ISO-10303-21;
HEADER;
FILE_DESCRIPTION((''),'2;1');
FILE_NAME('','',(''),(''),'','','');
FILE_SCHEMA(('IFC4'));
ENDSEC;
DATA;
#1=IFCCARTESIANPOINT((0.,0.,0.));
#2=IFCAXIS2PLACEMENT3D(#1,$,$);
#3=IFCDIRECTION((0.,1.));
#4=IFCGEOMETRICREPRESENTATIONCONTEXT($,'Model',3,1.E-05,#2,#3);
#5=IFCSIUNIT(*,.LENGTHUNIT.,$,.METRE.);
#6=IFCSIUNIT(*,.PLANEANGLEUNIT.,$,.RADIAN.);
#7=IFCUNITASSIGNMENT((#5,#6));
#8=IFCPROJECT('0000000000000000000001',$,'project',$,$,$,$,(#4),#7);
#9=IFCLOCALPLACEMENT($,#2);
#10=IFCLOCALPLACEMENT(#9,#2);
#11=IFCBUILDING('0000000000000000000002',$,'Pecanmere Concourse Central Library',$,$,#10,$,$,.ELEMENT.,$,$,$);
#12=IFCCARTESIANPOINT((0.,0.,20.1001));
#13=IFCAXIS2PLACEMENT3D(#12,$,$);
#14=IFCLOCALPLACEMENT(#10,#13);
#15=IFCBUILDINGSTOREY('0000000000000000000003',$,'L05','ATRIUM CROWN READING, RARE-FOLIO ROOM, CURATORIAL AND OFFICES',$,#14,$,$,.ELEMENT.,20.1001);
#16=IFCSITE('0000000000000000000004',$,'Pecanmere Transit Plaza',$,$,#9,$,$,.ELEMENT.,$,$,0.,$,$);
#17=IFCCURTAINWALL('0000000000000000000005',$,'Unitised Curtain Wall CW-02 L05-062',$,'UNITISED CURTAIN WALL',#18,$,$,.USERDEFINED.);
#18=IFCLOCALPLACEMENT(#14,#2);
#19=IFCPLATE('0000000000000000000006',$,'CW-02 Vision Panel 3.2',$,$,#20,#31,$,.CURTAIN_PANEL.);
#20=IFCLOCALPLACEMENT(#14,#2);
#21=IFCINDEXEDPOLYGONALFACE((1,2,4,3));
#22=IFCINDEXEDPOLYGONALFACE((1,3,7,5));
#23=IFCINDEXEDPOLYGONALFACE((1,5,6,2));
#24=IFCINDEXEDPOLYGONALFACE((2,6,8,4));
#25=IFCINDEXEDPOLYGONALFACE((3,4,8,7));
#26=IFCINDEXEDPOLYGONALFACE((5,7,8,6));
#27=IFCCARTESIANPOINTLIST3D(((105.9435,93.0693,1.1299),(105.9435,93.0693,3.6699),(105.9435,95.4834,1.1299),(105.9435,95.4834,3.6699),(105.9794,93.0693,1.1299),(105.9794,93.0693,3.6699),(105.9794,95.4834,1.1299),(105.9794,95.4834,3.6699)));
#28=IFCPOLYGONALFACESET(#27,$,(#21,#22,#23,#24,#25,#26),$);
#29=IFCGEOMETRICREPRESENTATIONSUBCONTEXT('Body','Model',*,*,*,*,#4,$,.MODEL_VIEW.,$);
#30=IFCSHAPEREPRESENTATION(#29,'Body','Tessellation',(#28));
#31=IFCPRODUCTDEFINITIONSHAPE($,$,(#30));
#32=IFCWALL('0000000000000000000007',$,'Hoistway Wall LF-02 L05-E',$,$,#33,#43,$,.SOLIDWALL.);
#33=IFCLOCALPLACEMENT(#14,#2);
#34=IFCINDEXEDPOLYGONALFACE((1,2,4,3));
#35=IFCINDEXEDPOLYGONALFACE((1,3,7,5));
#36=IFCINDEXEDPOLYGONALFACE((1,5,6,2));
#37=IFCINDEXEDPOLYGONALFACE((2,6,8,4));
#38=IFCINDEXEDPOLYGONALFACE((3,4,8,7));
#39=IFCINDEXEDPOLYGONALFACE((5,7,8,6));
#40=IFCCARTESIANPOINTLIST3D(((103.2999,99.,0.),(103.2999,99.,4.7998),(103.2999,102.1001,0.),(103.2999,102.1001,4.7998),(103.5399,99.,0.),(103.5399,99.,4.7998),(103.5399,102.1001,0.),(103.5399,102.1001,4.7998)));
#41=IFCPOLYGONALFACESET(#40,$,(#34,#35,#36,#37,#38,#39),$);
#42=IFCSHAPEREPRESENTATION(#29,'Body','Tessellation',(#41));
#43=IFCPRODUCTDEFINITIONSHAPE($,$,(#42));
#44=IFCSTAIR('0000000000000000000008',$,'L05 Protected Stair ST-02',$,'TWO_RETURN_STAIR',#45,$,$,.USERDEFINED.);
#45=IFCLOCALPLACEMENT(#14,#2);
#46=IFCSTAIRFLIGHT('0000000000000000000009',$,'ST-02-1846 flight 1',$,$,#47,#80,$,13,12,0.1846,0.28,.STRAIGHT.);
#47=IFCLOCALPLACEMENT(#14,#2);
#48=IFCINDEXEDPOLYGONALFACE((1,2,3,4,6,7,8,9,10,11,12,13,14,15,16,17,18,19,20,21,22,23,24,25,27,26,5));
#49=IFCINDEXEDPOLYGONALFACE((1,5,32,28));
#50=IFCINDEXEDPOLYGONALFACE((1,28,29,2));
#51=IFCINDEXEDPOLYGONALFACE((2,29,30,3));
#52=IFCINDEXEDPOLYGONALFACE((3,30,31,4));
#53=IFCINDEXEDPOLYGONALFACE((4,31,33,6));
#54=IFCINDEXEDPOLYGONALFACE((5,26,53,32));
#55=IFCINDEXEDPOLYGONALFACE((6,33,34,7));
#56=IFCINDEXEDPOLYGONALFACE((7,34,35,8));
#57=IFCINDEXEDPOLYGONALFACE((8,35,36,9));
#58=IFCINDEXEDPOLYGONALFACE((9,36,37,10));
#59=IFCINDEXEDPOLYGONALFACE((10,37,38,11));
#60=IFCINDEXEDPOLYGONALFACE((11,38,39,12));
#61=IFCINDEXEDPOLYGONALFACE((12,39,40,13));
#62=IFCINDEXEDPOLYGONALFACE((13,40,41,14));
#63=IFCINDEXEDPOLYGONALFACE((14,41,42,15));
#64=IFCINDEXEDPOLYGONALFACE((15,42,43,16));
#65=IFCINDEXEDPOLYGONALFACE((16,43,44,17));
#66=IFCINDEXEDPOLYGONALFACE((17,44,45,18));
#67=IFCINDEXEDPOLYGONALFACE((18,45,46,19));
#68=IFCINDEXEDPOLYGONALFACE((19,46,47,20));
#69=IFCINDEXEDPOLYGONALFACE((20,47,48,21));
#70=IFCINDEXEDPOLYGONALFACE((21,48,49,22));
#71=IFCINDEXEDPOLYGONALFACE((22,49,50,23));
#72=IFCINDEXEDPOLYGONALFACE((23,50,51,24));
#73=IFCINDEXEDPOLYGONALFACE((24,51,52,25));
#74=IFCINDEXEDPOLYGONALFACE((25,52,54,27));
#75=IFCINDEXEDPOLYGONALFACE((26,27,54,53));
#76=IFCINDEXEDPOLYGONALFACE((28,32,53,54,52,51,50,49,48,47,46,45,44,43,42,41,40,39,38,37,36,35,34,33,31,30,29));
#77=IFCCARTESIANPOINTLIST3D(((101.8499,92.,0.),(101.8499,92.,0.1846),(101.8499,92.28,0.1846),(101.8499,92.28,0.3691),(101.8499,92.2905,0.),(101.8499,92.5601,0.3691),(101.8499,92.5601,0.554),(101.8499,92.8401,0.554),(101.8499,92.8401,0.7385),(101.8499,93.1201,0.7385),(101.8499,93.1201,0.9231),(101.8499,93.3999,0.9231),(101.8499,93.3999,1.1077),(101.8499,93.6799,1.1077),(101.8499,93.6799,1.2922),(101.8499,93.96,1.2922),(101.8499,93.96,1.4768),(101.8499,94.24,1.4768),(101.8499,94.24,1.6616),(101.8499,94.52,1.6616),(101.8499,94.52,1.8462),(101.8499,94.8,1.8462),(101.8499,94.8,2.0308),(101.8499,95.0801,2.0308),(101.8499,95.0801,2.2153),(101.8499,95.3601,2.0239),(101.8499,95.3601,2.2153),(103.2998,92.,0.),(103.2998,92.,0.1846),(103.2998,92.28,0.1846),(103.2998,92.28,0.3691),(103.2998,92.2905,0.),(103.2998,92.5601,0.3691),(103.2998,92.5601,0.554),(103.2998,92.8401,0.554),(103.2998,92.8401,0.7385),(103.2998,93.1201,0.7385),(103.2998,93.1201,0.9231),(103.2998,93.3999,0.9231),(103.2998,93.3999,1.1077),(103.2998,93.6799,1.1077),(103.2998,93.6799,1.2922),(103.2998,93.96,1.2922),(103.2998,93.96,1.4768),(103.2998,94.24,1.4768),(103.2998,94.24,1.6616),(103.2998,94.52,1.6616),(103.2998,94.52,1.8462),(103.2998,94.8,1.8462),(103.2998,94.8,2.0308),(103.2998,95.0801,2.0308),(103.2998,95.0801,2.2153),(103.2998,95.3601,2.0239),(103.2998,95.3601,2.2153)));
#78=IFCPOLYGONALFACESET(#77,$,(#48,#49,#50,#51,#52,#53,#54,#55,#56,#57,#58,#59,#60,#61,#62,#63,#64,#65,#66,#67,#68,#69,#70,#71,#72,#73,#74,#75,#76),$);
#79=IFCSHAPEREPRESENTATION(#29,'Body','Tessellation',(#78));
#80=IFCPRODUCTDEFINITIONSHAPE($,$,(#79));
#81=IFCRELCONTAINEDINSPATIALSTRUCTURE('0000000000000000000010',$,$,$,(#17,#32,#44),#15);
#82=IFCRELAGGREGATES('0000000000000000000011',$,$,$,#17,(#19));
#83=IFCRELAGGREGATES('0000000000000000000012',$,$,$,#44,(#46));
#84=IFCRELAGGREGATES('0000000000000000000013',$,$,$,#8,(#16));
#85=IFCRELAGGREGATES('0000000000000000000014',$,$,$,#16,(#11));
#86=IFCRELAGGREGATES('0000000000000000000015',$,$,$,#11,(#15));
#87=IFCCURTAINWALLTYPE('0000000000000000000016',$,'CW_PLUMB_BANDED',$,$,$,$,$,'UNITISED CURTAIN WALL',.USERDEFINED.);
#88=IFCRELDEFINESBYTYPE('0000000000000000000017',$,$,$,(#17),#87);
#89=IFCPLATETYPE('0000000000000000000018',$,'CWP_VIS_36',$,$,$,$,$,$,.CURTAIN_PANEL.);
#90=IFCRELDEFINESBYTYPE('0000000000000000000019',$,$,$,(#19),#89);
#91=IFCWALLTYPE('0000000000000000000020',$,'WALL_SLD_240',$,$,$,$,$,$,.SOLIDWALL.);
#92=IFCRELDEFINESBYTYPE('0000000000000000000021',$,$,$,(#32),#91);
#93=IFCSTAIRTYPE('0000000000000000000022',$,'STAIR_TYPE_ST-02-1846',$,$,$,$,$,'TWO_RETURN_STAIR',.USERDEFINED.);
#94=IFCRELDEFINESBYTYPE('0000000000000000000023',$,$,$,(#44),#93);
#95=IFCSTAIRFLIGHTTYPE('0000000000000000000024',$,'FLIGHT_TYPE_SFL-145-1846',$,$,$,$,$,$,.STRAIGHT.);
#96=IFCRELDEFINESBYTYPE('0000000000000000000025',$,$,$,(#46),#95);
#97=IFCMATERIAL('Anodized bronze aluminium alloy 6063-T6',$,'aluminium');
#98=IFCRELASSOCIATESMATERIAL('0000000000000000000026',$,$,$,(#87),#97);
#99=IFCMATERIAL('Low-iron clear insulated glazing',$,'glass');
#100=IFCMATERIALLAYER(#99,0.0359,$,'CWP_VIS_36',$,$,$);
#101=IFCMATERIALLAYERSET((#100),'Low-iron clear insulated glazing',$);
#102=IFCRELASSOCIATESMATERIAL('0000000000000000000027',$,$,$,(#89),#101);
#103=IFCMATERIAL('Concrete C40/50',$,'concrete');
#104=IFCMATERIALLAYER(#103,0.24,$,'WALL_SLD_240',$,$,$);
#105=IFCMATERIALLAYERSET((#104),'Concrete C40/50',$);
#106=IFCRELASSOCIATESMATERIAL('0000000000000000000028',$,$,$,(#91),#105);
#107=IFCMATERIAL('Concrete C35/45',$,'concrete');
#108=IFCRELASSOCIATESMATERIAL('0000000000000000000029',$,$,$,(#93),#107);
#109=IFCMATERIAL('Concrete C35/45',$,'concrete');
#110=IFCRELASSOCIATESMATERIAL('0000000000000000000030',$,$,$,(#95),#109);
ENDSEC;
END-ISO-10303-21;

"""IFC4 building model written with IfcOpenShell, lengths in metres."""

from ifc_helpers import new_model, si_unit, direction, frame, frame_2d, origin, origin_2d, place, context, subcontext, project, spatial, polyline, rectangle, outline, extrude, material, layer, layer_set, type_object, element, aggregate, save


model = new_model("IFC4")

# Units and contexts
model_context = context("Model", 3, precision=1e-05, world=origin(), true_north=direction((0.0, 1.0)))
body_context = subcontext(model_context, "Body", "Model", "MODEL_VIEW")
ifc_project = project(units=[si_unit("LENGTHUNIT", "METRE"), si_unit("PLANEANGLEUNIT", "RADIAN")], contexts=[model_context])

# Site, building, storey
site_placement = place(None, origin())
site = spatial("IfcSite", under=ifc_project, at=site_placement, Name="Pecanmere Transit Plaza", CompositionType="ELEMENT", RefElevation=0.0)
building_placement = place(site_placement, origin())
building = spatial("IfcBuilding", under=site, at=building_placement, Name="Pecanmere Concourse Central Library", CompositionType="ELEMENT")
storey_placement = place(building_placement, frame((0.0, 0.0, 20.1001)))
storey = spatial("IfcBuildingStorey", under=building, at=storey_placement, Name="L05", Description="ATRIUM CROWN READING, RARE-FOLIO ROOM, CURATORIAL AND OFFICES", CompositionType="ELEMENT", Elevation=20.1001)

# Curtain wall
ifc_material_1 = material(Name="Anodized bronze aluminium alloy 6063-T6", Category="aluminium")
curtain_wall_type = type_object("IfcCurtainWallType", Name="CW_PLUMB_BANDED", ElementType="UNITISED CURTAIN WALL", PredefinedType="USERDEFINED", material=ifc_material_1)
curtain_wall_placement = place(storey_placement, origin())
curtain_wall = element("IfcCurtainWall", 1, at=curtain_wall_placement, inside=storey, type_object=curtain_wall_type, Name="Unitised Curtain Wall CW-02 L05-062", ObjectType="UNITISED CURTAIN WALL", PredefinedType="USERDEFINED")

# Plate
ifc_material_2 = material(Name="Low-iron clear insulated glazing", Category="glass")
ifc_layer_1 = layer(ifc_material_2, 0.0359, Name="CWP_VIS_36")
ifc_layer_set_1 = layer_set([ifc_layer_1], Name="Low-iron clear insulated glazing")
plate_type_1 = type_object("IfcPlateType", Name="CWP_VIS_36", PredefinedType="CURTAIN_PANEL", material=ifc_layer_set_1)
plate_1_placement = place(storey_placement, frame((105.9614, 94.2764, 1.1299), z_axis=(0.0, 0.0, 1.0), x_axis=(0.0, 1.0, 0.0)))
plate_1 = element("IfcPlate", 2, at=plate_1_placement, type_object=plate_type_1, Name="CW-02 Vision Panel 3.2", PredefinedType="CURTAIN_PANEL", context=body_context, shape_type="SweptSolid", body=[
    extrude(rectangle(XDim=2.4141, YDim=0.0359, at=origin_2d()), origin(), (0.0, 0.0, 1.0), 2.54),
])
aggregate(curtain_wall, [plate_1])

# Wall
ifc_material_3 = material(Name="Concrete C40/50", Category="concrete")
ifc_layer_2 = layer(ifc_material_3, 0.24, Name="WALL_SLD_240")
ifc_layer_set_2 = layer_set([ifc_layer_2], Name="Concrete C40/50")
wall_type = type_object("IfcWallType", Name="WALL_SLD_240", PredefinedType="SOLIDWALL", material=ifc_layer_set_2)
wall_placement = place(storey_placement, frame((103.4199, 99.0, 0.0), z_axis=(0.0, 0.0, 1.0), x_axis=(0.0, 1.0, 0.0)))
element("IfcWall", 3, at=wall_placement, inside=storey, type_object=wall_type, Name="Hoistway Wall LF-02 L05-E", PredefinedType="SOLIDWALL", context=body_context, shape_type="SweptSolid", body=[
    extrude(rectangle(XDim=3.1001, YDim=0.24, at=frame_2d((1.55, 0.0))), origin(), (0.0, 0.0, 1.0), 4.7998),
])

# Stair, stair flight
ifc_material_4 = material(Name="Concrete C35/45", Category="concrete")
stair_type = type_object("IfcStairType", Name="STAIR_TYPE_ST-02-1846", ElementType="TWO_RETURN_STAIR", PredefinedType="USERDEFINED", material=ifc_material_4)
stair_placement = place(storey_placement, origin())
stair = element("IfcStair", 4, at=stair_placement, inside=storey, type_object=stair_type, Name="L05 Protected Stair ST-02", ObjectType="TWO_RETURN_STAIR", PredefinedType="USERDEFINED")
ifc_material_5 = material(Name="Concrete C35/45", Category="concrete")
stair_flight_type = type_object("IfcStairFlightType", Name="FLIGHT_TYPE_SFL-145-1846", PredefinedType="STRAIGHT", material=ifc_material_5)
stair_flight_placement = place(storey_placement, frame((102.575, 92.0, 0.0), z_axis=(0.0, 0.0, 1.0), x_axis=(0.0, 1.0, 0.0)))
stair_flight = element("IfcStairFlight", 5, at=stair_flight_placement, type_object=stair_flight_type, Name="ST-02-1846 flight 1", NumberOfRisers=13, NumberOfTreads=12, PredefinedType="STRAIGHT", RiserHeight=0.1846, TreadLength=0.28, context=body_context, shape_type="SweptSolid", body=[
    extrude(outline(polyline([(0.0, 0.0), (0.0, 0.1846), (0.28, 0.1846), (0.28, 0.3691), (0.5601, 0.3691), (0.5601, 0.554), (0.8401, 0.554), (0.8401, 0.7385), (1.1201, 0.7385), (1.1201, 0.9231), (1.3999, 0.9231), (1.3999, 1.1077), (1.6799, 1.1077), (1.6799, 1.2922), (1.96, 1.2922), (1.96, 1.4768), (2.24, 1.4768), (2.24, 1.6616), (2.52, 1.6616), (2.52, 1.8462), (2.8, 1.8462), (2.8, 2.0308), (3.0801, 2.0308), (3.0801, 2.2153), (3.3601, 2.2153), (3.3601, 2.3999), (3.3601, 2.0239), (0.2905, 0.0), (0.0, 0.0)])), frame((0.0, 0.7251, 0.0), z_axis=(0.0, -1.0, 0.0), x_axis=(1.0, 0.0, 0.0)), (0.0, 0.0, 1.0), 1.45),
])
aggregate(stair, [stair_flight])

save(model, "model.ifc")
